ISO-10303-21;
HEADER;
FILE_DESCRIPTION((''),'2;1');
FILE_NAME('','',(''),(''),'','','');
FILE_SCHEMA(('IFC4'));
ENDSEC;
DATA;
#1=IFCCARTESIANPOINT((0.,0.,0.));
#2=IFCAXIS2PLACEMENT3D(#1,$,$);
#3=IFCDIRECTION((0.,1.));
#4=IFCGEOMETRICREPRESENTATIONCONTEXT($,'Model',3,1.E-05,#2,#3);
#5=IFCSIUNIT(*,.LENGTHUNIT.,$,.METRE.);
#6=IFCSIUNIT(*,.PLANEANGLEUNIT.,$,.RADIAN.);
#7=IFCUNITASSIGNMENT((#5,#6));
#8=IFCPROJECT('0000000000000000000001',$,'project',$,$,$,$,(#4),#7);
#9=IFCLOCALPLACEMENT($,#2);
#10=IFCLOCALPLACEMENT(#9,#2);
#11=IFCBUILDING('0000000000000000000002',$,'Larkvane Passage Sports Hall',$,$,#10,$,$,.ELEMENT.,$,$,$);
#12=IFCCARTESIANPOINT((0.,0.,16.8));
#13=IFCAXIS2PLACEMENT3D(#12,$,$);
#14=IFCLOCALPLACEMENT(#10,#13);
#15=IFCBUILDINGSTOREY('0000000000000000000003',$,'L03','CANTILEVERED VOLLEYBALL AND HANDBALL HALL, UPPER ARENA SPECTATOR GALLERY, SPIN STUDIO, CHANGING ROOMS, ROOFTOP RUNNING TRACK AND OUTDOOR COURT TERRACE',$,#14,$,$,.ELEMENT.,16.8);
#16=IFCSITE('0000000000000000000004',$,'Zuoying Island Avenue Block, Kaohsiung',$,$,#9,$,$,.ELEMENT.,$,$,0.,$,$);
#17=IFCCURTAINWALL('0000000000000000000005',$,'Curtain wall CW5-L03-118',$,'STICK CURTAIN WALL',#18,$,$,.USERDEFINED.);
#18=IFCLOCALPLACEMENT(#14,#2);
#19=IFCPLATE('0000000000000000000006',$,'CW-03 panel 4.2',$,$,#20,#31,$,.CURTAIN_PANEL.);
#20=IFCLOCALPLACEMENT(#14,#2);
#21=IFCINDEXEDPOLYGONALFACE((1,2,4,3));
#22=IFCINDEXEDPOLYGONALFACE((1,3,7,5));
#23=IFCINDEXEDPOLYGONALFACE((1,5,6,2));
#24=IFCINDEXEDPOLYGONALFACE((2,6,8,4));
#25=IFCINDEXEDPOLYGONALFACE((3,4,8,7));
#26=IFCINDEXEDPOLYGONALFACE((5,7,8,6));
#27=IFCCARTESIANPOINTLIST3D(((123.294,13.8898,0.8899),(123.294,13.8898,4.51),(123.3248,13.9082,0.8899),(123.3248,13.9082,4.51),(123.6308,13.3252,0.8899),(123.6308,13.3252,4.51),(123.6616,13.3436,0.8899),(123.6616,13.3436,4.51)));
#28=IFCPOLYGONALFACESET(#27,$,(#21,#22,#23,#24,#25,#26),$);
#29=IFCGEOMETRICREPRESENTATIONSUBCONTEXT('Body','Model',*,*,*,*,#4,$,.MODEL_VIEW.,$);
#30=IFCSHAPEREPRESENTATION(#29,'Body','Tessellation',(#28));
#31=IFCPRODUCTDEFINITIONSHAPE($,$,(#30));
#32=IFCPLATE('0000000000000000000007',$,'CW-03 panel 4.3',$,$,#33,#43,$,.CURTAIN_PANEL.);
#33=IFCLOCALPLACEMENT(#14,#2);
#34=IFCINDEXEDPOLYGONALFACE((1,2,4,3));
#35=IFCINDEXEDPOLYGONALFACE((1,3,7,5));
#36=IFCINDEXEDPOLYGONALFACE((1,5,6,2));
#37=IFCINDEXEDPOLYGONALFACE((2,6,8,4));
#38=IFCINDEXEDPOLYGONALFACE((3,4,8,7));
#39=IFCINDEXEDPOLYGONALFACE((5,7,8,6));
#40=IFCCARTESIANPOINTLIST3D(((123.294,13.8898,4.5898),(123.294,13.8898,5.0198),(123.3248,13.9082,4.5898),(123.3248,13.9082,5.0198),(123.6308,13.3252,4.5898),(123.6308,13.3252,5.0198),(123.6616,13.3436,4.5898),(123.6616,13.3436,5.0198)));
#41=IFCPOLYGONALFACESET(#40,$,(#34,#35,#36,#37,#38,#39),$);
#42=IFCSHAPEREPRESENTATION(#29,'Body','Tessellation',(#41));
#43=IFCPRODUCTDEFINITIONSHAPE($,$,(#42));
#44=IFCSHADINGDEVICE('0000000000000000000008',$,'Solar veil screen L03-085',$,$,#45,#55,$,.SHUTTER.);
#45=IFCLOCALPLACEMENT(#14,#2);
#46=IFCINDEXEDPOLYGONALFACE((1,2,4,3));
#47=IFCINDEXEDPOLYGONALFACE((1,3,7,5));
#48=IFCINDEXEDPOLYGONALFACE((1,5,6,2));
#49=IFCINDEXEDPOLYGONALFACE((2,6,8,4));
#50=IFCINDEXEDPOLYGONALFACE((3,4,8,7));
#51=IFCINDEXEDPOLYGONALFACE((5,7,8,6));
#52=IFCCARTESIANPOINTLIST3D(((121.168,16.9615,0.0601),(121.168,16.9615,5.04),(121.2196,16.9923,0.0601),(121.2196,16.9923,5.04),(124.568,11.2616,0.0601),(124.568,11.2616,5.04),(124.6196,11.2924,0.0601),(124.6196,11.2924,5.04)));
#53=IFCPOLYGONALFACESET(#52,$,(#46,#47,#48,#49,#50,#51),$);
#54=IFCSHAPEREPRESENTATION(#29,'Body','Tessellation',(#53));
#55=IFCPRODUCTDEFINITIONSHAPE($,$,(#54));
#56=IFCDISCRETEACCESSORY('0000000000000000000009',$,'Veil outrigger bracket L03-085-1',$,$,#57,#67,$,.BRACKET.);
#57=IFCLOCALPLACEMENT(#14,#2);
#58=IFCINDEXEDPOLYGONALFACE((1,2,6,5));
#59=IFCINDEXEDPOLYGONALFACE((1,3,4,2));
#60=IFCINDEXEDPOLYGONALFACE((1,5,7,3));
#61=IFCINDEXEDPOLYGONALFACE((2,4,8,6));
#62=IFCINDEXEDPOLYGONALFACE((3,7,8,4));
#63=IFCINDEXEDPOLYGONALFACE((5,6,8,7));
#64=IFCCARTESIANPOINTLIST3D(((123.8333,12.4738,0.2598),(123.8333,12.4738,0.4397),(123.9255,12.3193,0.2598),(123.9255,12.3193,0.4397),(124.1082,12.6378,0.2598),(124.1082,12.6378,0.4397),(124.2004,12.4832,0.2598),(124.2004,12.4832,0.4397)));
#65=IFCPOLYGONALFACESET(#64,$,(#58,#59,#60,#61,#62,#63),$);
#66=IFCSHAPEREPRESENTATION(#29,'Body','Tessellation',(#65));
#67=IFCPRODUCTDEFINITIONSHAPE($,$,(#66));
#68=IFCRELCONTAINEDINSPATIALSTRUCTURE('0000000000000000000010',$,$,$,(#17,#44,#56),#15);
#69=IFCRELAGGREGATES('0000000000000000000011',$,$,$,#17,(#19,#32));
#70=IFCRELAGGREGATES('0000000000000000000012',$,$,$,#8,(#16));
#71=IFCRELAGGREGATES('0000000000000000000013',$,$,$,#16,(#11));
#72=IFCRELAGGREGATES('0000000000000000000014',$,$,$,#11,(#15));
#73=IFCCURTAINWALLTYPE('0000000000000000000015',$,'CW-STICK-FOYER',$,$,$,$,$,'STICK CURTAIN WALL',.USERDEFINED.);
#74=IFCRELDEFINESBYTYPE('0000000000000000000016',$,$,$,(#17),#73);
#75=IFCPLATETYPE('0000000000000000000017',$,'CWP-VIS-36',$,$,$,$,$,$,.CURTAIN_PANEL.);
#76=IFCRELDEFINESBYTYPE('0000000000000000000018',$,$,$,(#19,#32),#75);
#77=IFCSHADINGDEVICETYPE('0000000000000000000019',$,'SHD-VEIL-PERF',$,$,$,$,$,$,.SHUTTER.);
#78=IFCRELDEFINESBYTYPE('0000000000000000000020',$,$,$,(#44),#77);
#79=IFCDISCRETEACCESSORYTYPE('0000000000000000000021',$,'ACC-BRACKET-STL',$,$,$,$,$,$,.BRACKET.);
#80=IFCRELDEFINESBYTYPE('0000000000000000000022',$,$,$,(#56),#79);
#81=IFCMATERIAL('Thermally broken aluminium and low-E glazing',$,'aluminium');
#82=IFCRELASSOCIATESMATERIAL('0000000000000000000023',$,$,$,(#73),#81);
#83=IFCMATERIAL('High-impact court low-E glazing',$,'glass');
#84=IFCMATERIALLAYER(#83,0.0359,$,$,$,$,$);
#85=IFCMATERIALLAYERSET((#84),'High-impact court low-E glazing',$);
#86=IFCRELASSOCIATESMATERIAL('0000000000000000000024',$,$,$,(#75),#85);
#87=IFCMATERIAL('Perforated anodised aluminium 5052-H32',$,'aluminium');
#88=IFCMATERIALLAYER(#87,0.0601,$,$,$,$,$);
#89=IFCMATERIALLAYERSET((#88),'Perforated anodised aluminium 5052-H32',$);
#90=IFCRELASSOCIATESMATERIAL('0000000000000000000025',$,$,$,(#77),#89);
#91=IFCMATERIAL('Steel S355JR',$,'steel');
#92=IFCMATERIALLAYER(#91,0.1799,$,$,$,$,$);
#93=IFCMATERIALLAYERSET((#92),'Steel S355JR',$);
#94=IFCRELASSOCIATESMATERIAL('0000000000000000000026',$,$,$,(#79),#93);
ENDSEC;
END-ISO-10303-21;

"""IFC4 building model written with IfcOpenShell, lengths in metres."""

from ifc_helpers import new_model, si_unit, direction, frame, origin, origin_2d, place, context, subcontext, project, spatial, rectangle, extrude, material, layer, layer_set, type_object, element, aggregate, save


model = new_model("IFC4")

# Units and contexts
model_context = context("Model", 3, precision=1e-05, world=origin(), true_north=direction((0.0, 1.0)))
body_context = subcontext(model_context, "Body", "Model", "MODEL_VIEW")
ifc_project = project(units=[si_unit("LENGTHUNIT", "METRE"), si_unit("PLANEANGLEUNIT", "RADIAN")], contexts=[model_context])

# Site, building, storey
site_placement = place(None, origin())
site = spatial("IfcSite", under=ifc_project, at=site_placement, Name="Zuoying Island Avenue Block, Kaohsiung", CompositionType="ELEMENT", RefElevation=0.0)
building_placement = place(site_placement, origin())
building = spatial("IfcBuilding", under=site, at=building_placement, Name="Larkvane Passage Sports Hall", CompositionType="ELEMENT")
storey_placement = place(building_placement, frame((0.0, 0.0, 16.8)))
storey = spatial("IfcBuildingStorey", under=building, at=storey_placement, Name="L03", Description="CANTILEVERED VOLLEYBALL AND HANDBALL HALL, UPPER ARENA SPECTATOR GALLERY, SPIN STUDIO, CHANGING ROOMS, ROOFTOP RUNNING TRACK AND OUTDOOR COURT TERRACE", CompositionType="ELEMENT", Elevation=16.8)

# Curtain wall, plates
ifc_material_1 = material(Name="Thermally broken aluminium and low-E glazing", Category="aluminium")
curtain_wall_type = type_object("IfcCurtainWallType", Name="CW-STICK-FOYER", ElementType="STICK CURTAIN WALL", PredefinedType="USERDEFINED", material=ifc_material_1)
curtain_wall_placement = place(storey_placement, origin())
curtain_wall = element("IfcCurtainWall", 1, at=curtain_wall_placement, inside=storey, type_object=curtain_wall_type, Name="Curtain wall CW5-L03-118", ObjectType="STICK CURTAIN WALL", PredefinedType="USERDEFINED")
ifc_material_2 = material(Name="High-impact court low-E glazing", Category="glass")
ifc_layer_1 = layer(ifc_material_2, 0.0359)
ifc_layer_set_1 = layer_set([ifc_layer_1], Name="High-impact court low-E glazing")
plate_type_1 = type_object("IfcPlateType", Name="CWP-VIS-36", PredefinedType="CURTAIN_PANEL", material=ifc_layer_set_1)
plate_1_placement = place(storey_placement, frame((123.4778, 13.6167, 0.8899), z_axis=(0.0, 0.0, 1.0), x_axis=(-0.512278, 0.85882, 0.0)))
plate_1 = element("IfcPlate", 2, at=plate_1_placement, type_object=plate_type_1, Name="CW-03 panel 4.2", PredefinedType="CURTAIN_PANEL", context=body_context, shape_type="SweptSolid", body=[
    extrude(rectangle(XDim=0.6575, YDim=0.0359, at=origin_2d()), origin(), (0.0, 0.0, 1.0), 3.6201),
])
plate_2_placement = place(storey_placement, frame((123.4778, 13.6167, 4.5898), z_axis=(0.0, 0.0, 1.0), x_axis=(-0.512278, 0.85882, 0.0)))
plate_2 = element("IfcPlate", 3, at=plate_2_placement, type_object=plate_type_1, Name="CW-03 panel 4.3", PredefinedType="CURTAIN_PANEL", context=body_context, shape_type="SweptSolid", body=[
    extrude(rectangle(XDim=0.6575, YDim=0.0359, at=origin_2d()), origin(), (0.0, 0.0, 1.0), 0.4299),
])
aggregate(curtain_wall, [plate_1, plate_2])

# Shading device
ifc_material_3 = material(Name="Perforated anodised aluminium 5052-H32", Category="aluminium")
ifc_layer_2 = layer(ifc_material_3, 0.0601)
ifc_layer_set_2 = layer_set([ifc_layer_2], Name="Perforated anodised aluminium 5052-H32")
shading_device_type = type_object("IfcShadingDeviceType", Name="SHD-VEIL-PERF", PredefinedType="SHUTTER", material=ifc_layer_set_2)
shading_device_placement = place(storey_placement, frame((122.8938, 14.127, 0.0601), z_axis=(0.0, 0.0, 1.0), x_axis=(-0.512278, 0.85882, 0.0)))
element("IfcShadingDevice", 4, at=shading_device_placement, inside=storey, type_object=shading_device_type, Name="Solar veil screen L03-085", PredefinedType="SHUTTER", context=body_context, shape_type="SweptSolid", body=[
    extrude(rectangle(XDim=6.637, YDim=0.0601, at=origin_2d()), origin(), (0.0, 0.0, 1.0), 4.98),
])

# Discrete accessory
ifc_material_4 = material(Name="Steel S355JR", Category="steel")
ifc_layer_3 = layer(ifc_material_4, 0.1799)
ifc_layer_set_3 = layer_set([ifc_layer_3], Name="Steel S355JR")
discrete_accessory_type = type_object("IfcDiscreteAccessoryType", Name="ACC-BRACKET-STL", PredefinedType="BRACKET", material=ifc_layer_set_3)
discrete_accessory_placement = place(storey_placement, frame((124.0168, 12.4785, 0.2598), z_axis=(0.0, 0.0, 1.0), x_axis=(-0.512278, 0.85882, 0.0)))
element("IfcDiscreteAccessory", 5, at=discrete_accessory_placement, inside=storey, type_object=discrete_accessory_type, Name="Veil outrigger bracket L03-085-1", PredefinedType="BRACKET", context=body_context, shape_type="SweptSolid", body=[
    extrude(rectangle(XDim=0.1799, YDim=0.3201, at=origin_2d()), origin(), (0.0, 0.0, 1.0), 0.1799),
])

save(model, "model.ifc")
